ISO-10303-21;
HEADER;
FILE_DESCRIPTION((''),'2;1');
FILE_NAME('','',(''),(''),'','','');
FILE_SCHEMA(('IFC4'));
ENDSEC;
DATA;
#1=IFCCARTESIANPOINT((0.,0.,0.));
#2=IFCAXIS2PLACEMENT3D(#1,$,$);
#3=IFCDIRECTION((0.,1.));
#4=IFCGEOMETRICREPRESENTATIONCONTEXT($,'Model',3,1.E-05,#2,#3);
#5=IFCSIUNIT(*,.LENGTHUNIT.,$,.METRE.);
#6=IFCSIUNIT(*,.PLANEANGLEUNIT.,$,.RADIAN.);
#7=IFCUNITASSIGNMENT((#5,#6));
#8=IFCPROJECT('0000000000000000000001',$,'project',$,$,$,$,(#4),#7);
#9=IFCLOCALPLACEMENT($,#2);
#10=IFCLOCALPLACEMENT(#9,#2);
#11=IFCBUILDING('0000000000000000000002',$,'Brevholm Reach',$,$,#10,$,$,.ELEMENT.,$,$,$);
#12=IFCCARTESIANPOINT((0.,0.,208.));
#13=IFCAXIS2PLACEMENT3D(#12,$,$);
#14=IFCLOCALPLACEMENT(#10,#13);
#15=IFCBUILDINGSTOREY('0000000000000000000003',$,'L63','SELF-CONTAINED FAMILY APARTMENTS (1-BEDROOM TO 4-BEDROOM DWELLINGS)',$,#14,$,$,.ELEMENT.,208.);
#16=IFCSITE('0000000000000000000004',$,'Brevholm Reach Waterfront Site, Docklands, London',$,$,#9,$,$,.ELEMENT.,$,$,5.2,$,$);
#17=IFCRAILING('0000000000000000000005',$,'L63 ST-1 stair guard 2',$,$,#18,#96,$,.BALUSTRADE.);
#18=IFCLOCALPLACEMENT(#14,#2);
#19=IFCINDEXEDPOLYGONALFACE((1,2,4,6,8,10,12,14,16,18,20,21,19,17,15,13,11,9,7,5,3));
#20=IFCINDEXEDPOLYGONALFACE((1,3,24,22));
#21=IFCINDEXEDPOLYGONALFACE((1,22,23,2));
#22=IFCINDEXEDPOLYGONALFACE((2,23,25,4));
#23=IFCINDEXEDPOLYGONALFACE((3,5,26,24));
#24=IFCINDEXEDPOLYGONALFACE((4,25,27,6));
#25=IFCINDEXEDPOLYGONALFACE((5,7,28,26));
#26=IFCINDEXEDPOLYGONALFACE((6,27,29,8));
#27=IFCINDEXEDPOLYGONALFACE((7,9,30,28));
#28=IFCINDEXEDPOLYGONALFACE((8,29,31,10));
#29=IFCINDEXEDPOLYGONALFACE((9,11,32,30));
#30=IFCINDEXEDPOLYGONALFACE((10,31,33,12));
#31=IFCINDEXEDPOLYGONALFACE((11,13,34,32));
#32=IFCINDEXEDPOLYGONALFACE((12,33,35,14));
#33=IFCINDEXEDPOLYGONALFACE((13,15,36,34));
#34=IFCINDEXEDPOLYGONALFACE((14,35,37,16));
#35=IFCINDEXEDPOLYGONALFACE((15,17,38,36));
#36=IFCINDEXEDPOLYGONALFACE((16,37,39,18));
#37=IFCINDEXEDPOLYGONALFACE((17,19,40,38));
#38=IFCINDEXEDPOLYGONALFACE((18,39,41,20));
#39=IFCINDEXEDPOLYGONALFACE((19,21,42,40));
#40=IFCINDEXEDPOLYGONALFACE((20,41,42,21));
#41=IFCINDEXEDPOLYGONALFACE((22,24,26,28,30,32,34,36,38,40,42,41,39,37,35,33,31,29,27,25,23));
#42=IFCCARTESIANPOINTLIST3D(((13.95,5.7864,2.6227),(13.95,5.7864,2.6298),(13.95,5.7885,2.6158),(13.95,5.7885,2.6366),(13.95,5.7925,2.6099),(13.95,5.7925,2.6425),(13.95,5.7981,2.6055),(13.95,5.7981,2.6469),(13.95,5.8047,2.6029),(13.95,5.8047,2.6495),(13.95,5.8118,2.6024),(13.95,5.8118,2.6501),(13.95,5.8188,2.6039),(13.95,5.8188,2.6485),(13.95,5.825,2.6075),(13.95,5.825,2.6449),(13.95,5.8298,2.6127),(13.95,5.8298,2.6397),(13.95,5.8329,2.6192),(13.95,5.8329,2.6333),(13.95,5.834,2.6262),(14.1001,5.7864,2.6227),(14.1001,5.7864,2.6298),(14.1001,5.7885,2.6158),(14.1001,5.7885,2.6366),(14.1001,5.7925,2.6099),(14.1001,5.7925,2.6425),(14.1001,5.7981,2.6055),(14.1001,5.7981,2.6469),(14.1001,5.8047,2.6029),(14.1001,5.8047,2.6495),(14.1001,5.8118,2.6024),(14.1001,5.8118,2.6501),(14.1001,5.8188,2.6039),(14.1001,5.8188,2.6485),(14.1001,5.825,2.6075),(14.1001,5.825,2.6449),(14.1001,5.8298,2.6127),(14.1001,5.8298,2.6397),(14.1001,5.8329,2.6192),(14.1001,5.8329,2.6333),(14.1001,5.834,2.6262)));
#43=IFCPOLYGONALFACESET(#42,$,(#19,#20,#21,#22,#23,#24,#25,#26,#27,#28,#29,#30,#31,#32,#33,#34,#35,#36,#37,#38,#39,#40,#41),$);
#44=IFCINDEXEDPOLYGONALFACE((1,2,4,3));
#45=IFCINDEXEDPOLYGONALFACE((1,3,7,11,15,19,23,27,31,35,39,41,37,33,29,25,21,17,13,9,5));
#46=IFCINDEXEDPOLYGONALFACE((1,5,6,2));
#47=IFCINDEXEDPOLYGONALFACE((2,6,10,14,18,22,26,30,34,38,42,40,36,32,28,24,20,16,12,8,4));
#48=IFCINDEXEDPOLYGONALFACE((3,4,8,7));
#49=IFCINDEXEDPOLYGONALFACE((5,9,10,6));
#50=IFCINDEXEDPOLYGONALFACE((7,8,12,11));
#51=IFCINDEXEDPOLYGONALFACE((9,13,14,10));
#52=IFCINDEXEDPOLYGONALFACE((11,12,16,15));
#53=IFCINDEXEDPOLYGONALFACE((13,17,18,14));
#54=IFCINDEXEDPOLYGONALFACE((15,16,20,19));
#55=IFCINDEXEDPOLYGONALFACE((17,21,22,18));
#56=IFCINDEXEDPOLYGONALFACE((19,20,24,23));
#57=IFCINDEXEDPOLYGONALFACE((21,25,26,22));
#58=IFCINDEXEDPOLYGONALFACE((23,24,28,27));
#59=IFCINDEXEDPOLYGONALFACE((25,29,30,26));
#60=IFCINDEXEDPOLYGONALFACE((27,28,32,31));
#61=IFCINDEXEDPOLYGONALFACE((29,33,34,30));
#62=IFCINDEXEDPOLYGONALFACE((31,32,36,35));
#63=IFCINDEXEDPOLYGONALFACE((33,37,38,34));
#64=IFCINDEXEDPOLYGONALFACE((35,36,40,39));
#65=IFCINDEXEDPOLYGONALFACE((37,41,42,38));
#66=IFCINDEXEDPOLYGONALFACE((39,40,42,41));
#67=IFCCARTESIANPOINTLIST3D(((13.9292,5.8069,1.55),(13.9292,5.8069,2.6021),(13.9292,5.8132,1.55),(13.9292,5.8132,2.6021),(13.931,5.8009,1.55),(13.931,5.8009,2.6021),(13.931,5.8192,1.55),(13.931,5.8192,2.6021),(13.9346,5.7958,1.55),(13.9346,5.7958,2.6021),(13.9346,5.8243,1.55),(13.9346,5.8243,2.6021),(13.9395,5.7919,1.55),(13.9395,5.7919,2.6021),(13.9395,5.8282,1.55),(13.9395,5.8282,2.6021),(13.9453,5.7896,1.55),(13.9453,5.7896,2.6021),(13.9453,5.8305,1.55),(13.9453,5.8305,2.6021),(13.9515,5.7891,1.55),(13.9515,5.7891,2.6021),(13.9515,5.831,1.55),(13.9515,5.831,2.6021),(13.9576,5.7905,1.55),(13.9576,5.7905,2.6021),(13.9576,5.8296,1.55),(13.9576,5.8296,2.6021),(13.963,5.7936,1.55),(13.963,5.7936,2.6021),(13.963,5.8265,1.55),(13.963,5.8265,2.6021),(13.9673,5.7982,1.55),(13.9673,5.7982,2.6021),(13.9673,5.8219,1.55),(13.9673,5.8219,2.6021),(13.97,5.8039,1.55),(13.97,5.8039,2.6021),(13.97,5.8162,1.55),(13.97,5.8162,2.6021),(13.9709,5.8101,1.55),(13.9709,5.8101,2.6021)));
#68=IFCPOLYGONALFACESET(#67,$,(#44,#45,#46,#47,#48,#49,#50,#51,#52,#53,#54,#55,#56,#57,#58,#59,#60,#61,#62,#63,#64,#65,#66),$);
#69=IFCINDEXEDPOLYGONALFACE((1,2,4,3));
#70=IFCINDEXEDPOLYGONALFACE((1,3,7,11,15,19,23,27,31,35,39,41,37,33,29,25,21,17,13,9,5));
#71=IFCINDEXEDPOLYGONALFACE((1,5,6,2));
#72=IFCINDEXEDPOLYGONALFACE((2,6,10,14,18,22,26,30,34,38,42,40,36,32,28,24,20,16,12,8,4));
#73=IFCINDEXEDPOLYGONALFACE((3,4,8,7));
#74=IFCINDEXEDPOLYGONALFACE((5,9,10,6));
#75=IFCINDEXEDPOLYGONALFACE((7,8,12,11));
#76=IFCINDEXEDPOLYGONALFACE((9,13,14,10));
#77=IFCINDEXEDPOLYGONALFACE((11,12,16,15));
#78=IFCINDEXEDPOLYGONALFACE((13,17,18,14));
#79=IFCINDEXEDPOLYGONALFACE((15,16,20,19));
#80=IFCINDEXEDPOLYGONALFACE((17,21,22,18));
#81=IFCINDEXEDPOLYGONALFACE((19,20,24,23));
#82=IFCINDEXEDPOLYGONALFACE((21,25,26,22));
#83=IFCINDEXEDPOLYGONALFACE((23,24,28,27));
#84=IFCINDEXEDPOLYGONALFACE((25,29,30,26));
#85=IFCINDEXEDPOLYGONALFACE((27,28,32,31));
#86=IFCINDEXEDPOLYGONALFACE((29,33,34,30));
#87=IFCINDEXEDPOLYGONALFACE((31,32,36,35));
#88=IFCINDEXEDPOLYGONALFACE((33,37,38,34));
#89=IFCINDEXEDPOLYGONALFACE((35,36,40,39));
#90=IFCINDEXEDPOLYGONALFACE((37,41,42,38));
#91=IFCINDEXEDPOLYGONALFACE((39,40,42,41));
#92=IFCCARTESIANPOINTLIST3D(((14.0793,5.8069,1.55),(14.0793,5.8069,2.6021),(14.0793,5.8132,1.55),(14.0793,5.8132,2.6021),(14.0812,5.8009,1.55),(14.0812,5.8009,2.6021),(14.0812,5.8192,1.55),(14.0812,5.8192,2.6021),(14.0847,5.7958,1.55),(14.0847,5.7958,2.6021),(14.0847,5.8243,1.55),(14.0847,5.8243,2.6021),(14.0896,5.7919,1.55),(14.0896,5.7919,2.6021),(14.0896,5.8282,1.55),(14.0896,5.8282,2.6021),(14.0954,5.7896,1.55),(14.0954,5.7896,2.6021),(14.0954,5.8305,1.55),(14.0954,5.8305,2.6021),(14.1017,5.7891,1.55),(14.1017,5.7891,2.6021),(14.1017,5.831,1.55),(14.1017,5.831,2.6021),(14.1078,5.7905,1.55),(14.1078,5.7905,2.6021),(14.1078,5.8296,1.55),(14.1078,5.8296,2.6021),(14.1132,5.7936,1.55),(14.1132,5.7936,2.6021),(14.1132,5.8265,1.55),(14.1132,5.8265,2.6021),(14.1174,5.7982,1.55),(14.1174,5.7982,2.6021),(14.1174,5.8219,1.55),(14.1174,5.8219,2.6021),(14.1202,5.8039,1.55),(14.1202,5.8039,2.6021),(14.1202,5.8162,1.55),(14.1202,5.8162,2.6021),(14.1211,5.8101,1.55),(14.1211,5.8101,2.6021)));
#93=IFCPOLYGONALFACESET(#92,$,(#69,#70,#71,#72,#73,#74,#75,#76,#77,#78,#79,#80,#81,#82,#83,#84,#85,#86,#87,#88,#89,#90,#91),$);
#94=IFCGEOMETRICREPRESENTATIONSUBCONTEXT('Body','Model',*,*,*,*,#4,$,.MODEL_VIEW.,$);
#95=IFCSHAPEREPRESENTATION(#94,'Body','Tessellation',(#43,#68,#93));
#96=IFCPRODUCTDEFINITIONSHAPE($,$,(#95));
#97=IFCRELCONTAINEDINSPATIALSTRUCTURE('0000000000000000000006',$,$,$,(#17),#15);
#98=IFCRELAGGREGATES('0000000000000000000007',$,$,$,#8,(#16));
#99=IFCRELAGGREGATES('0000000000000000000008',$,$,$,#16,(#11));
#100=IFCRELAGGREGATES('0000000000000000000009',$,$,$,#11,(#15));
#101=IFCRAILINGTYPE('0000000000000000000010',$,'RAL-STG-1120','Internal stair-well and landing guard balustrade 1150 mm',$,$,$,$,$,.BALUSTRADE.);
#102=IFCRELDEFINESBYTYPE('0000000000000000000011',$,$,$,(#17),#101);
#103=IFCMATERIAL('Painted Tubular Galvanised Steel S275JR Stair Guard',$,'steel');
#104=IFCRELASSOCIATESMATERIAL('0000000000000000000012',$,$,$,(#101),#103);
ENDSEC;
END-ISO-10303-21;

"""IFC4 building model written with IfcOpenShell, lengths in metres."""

from ifc_helpers import new_model, si_unit, direction, frame, origin, origin_2d, place, context, subcontext, project, spatial, circle, extrude, material, type_object, element, save


model = new_model("IFC4")

# Units and contexts
model_context = context("Model", 3, precision=1e-05, world=origin(), true_north=direction((0.0, 1.0)))
body_context = subcontext(model_context, "Body", "Model", "MODEL_VIEW")
ifc_project = project(units=[si_unit("LENGTHUNIT", "METRE"), si_unit("PLANEANGLEUNIT", "RADIAN")], contexts=[model_context])

# Site, building, storey
site_placement = place(None, origin())
site = spatial("IfcSite", under=ifc_project, at=site_placement, Name="Brevholm Reach Waterfront Site, Docklands, London", CompositionType="ELEMENT", RefElevation=5.2)
building_placement = place(site_placement, origin())
building = spatial("IfcBuilding", under=site, at=building_placement, Name="Brevholm Reach", CompositionType="ELEMENT")
storey_placement = place(building_placement, frame((0.0, 0.0, 208.0)))
storey = spatial("IfcBuildingStorey", under=building, at=storey_placement, Name="L63", Description="SELF-CONTAINED FAMILY APARTMENTS (1-BEDROOM TO 4-BEDROOM DWELLINGS)", CompositionType="ELEMENT", Elevation=208.0)

# Railing
ifc_material_1 = material(Name="Painted Tubular Galvanised Steel S275JR Stair Guard", Category="steel")
railing_type_1 = type_object("IfcRailingType", Name="RAL-STG-1120", Description="Internal stair-well and landing guard balustrade 1150 mm", PredefinedType="BALUSTRADE", material=ifc_material_1)
railing_1_placement = place(storey_placement, frame((13.95, 5.8101, 1.55)))
element("IfcRailing", 1, at=railing_1_placement, inside=storey, type_object=railing_type_1, Name="L63 ST-1 stair guard 2", PredefinedType="BALUSTRADE", context=body_context, shape_type="SweptSolid", body=[
    extrude(circle(Radius=0.0239, at=origin_2d()), frame((0.0, 0.0, 1.0762), z_axis=(1.0, 0.0, 0.0), x_axis=(0.0, 1.0, 0.0)), (0.0, 0.0, 1.0), 0.1501),
    extrude(circle(Radius=0.021, at=origin_2d()), origin(), (0.0, 0.0, 1.0), 1.052),
    extrude(circle(Radius=0.021, at=origin_2d()), frame((0.1501, 0.0, 0.0)), (0.0, 0.0, 1.0), 1.052),
])

save(model, "model.ifc")
